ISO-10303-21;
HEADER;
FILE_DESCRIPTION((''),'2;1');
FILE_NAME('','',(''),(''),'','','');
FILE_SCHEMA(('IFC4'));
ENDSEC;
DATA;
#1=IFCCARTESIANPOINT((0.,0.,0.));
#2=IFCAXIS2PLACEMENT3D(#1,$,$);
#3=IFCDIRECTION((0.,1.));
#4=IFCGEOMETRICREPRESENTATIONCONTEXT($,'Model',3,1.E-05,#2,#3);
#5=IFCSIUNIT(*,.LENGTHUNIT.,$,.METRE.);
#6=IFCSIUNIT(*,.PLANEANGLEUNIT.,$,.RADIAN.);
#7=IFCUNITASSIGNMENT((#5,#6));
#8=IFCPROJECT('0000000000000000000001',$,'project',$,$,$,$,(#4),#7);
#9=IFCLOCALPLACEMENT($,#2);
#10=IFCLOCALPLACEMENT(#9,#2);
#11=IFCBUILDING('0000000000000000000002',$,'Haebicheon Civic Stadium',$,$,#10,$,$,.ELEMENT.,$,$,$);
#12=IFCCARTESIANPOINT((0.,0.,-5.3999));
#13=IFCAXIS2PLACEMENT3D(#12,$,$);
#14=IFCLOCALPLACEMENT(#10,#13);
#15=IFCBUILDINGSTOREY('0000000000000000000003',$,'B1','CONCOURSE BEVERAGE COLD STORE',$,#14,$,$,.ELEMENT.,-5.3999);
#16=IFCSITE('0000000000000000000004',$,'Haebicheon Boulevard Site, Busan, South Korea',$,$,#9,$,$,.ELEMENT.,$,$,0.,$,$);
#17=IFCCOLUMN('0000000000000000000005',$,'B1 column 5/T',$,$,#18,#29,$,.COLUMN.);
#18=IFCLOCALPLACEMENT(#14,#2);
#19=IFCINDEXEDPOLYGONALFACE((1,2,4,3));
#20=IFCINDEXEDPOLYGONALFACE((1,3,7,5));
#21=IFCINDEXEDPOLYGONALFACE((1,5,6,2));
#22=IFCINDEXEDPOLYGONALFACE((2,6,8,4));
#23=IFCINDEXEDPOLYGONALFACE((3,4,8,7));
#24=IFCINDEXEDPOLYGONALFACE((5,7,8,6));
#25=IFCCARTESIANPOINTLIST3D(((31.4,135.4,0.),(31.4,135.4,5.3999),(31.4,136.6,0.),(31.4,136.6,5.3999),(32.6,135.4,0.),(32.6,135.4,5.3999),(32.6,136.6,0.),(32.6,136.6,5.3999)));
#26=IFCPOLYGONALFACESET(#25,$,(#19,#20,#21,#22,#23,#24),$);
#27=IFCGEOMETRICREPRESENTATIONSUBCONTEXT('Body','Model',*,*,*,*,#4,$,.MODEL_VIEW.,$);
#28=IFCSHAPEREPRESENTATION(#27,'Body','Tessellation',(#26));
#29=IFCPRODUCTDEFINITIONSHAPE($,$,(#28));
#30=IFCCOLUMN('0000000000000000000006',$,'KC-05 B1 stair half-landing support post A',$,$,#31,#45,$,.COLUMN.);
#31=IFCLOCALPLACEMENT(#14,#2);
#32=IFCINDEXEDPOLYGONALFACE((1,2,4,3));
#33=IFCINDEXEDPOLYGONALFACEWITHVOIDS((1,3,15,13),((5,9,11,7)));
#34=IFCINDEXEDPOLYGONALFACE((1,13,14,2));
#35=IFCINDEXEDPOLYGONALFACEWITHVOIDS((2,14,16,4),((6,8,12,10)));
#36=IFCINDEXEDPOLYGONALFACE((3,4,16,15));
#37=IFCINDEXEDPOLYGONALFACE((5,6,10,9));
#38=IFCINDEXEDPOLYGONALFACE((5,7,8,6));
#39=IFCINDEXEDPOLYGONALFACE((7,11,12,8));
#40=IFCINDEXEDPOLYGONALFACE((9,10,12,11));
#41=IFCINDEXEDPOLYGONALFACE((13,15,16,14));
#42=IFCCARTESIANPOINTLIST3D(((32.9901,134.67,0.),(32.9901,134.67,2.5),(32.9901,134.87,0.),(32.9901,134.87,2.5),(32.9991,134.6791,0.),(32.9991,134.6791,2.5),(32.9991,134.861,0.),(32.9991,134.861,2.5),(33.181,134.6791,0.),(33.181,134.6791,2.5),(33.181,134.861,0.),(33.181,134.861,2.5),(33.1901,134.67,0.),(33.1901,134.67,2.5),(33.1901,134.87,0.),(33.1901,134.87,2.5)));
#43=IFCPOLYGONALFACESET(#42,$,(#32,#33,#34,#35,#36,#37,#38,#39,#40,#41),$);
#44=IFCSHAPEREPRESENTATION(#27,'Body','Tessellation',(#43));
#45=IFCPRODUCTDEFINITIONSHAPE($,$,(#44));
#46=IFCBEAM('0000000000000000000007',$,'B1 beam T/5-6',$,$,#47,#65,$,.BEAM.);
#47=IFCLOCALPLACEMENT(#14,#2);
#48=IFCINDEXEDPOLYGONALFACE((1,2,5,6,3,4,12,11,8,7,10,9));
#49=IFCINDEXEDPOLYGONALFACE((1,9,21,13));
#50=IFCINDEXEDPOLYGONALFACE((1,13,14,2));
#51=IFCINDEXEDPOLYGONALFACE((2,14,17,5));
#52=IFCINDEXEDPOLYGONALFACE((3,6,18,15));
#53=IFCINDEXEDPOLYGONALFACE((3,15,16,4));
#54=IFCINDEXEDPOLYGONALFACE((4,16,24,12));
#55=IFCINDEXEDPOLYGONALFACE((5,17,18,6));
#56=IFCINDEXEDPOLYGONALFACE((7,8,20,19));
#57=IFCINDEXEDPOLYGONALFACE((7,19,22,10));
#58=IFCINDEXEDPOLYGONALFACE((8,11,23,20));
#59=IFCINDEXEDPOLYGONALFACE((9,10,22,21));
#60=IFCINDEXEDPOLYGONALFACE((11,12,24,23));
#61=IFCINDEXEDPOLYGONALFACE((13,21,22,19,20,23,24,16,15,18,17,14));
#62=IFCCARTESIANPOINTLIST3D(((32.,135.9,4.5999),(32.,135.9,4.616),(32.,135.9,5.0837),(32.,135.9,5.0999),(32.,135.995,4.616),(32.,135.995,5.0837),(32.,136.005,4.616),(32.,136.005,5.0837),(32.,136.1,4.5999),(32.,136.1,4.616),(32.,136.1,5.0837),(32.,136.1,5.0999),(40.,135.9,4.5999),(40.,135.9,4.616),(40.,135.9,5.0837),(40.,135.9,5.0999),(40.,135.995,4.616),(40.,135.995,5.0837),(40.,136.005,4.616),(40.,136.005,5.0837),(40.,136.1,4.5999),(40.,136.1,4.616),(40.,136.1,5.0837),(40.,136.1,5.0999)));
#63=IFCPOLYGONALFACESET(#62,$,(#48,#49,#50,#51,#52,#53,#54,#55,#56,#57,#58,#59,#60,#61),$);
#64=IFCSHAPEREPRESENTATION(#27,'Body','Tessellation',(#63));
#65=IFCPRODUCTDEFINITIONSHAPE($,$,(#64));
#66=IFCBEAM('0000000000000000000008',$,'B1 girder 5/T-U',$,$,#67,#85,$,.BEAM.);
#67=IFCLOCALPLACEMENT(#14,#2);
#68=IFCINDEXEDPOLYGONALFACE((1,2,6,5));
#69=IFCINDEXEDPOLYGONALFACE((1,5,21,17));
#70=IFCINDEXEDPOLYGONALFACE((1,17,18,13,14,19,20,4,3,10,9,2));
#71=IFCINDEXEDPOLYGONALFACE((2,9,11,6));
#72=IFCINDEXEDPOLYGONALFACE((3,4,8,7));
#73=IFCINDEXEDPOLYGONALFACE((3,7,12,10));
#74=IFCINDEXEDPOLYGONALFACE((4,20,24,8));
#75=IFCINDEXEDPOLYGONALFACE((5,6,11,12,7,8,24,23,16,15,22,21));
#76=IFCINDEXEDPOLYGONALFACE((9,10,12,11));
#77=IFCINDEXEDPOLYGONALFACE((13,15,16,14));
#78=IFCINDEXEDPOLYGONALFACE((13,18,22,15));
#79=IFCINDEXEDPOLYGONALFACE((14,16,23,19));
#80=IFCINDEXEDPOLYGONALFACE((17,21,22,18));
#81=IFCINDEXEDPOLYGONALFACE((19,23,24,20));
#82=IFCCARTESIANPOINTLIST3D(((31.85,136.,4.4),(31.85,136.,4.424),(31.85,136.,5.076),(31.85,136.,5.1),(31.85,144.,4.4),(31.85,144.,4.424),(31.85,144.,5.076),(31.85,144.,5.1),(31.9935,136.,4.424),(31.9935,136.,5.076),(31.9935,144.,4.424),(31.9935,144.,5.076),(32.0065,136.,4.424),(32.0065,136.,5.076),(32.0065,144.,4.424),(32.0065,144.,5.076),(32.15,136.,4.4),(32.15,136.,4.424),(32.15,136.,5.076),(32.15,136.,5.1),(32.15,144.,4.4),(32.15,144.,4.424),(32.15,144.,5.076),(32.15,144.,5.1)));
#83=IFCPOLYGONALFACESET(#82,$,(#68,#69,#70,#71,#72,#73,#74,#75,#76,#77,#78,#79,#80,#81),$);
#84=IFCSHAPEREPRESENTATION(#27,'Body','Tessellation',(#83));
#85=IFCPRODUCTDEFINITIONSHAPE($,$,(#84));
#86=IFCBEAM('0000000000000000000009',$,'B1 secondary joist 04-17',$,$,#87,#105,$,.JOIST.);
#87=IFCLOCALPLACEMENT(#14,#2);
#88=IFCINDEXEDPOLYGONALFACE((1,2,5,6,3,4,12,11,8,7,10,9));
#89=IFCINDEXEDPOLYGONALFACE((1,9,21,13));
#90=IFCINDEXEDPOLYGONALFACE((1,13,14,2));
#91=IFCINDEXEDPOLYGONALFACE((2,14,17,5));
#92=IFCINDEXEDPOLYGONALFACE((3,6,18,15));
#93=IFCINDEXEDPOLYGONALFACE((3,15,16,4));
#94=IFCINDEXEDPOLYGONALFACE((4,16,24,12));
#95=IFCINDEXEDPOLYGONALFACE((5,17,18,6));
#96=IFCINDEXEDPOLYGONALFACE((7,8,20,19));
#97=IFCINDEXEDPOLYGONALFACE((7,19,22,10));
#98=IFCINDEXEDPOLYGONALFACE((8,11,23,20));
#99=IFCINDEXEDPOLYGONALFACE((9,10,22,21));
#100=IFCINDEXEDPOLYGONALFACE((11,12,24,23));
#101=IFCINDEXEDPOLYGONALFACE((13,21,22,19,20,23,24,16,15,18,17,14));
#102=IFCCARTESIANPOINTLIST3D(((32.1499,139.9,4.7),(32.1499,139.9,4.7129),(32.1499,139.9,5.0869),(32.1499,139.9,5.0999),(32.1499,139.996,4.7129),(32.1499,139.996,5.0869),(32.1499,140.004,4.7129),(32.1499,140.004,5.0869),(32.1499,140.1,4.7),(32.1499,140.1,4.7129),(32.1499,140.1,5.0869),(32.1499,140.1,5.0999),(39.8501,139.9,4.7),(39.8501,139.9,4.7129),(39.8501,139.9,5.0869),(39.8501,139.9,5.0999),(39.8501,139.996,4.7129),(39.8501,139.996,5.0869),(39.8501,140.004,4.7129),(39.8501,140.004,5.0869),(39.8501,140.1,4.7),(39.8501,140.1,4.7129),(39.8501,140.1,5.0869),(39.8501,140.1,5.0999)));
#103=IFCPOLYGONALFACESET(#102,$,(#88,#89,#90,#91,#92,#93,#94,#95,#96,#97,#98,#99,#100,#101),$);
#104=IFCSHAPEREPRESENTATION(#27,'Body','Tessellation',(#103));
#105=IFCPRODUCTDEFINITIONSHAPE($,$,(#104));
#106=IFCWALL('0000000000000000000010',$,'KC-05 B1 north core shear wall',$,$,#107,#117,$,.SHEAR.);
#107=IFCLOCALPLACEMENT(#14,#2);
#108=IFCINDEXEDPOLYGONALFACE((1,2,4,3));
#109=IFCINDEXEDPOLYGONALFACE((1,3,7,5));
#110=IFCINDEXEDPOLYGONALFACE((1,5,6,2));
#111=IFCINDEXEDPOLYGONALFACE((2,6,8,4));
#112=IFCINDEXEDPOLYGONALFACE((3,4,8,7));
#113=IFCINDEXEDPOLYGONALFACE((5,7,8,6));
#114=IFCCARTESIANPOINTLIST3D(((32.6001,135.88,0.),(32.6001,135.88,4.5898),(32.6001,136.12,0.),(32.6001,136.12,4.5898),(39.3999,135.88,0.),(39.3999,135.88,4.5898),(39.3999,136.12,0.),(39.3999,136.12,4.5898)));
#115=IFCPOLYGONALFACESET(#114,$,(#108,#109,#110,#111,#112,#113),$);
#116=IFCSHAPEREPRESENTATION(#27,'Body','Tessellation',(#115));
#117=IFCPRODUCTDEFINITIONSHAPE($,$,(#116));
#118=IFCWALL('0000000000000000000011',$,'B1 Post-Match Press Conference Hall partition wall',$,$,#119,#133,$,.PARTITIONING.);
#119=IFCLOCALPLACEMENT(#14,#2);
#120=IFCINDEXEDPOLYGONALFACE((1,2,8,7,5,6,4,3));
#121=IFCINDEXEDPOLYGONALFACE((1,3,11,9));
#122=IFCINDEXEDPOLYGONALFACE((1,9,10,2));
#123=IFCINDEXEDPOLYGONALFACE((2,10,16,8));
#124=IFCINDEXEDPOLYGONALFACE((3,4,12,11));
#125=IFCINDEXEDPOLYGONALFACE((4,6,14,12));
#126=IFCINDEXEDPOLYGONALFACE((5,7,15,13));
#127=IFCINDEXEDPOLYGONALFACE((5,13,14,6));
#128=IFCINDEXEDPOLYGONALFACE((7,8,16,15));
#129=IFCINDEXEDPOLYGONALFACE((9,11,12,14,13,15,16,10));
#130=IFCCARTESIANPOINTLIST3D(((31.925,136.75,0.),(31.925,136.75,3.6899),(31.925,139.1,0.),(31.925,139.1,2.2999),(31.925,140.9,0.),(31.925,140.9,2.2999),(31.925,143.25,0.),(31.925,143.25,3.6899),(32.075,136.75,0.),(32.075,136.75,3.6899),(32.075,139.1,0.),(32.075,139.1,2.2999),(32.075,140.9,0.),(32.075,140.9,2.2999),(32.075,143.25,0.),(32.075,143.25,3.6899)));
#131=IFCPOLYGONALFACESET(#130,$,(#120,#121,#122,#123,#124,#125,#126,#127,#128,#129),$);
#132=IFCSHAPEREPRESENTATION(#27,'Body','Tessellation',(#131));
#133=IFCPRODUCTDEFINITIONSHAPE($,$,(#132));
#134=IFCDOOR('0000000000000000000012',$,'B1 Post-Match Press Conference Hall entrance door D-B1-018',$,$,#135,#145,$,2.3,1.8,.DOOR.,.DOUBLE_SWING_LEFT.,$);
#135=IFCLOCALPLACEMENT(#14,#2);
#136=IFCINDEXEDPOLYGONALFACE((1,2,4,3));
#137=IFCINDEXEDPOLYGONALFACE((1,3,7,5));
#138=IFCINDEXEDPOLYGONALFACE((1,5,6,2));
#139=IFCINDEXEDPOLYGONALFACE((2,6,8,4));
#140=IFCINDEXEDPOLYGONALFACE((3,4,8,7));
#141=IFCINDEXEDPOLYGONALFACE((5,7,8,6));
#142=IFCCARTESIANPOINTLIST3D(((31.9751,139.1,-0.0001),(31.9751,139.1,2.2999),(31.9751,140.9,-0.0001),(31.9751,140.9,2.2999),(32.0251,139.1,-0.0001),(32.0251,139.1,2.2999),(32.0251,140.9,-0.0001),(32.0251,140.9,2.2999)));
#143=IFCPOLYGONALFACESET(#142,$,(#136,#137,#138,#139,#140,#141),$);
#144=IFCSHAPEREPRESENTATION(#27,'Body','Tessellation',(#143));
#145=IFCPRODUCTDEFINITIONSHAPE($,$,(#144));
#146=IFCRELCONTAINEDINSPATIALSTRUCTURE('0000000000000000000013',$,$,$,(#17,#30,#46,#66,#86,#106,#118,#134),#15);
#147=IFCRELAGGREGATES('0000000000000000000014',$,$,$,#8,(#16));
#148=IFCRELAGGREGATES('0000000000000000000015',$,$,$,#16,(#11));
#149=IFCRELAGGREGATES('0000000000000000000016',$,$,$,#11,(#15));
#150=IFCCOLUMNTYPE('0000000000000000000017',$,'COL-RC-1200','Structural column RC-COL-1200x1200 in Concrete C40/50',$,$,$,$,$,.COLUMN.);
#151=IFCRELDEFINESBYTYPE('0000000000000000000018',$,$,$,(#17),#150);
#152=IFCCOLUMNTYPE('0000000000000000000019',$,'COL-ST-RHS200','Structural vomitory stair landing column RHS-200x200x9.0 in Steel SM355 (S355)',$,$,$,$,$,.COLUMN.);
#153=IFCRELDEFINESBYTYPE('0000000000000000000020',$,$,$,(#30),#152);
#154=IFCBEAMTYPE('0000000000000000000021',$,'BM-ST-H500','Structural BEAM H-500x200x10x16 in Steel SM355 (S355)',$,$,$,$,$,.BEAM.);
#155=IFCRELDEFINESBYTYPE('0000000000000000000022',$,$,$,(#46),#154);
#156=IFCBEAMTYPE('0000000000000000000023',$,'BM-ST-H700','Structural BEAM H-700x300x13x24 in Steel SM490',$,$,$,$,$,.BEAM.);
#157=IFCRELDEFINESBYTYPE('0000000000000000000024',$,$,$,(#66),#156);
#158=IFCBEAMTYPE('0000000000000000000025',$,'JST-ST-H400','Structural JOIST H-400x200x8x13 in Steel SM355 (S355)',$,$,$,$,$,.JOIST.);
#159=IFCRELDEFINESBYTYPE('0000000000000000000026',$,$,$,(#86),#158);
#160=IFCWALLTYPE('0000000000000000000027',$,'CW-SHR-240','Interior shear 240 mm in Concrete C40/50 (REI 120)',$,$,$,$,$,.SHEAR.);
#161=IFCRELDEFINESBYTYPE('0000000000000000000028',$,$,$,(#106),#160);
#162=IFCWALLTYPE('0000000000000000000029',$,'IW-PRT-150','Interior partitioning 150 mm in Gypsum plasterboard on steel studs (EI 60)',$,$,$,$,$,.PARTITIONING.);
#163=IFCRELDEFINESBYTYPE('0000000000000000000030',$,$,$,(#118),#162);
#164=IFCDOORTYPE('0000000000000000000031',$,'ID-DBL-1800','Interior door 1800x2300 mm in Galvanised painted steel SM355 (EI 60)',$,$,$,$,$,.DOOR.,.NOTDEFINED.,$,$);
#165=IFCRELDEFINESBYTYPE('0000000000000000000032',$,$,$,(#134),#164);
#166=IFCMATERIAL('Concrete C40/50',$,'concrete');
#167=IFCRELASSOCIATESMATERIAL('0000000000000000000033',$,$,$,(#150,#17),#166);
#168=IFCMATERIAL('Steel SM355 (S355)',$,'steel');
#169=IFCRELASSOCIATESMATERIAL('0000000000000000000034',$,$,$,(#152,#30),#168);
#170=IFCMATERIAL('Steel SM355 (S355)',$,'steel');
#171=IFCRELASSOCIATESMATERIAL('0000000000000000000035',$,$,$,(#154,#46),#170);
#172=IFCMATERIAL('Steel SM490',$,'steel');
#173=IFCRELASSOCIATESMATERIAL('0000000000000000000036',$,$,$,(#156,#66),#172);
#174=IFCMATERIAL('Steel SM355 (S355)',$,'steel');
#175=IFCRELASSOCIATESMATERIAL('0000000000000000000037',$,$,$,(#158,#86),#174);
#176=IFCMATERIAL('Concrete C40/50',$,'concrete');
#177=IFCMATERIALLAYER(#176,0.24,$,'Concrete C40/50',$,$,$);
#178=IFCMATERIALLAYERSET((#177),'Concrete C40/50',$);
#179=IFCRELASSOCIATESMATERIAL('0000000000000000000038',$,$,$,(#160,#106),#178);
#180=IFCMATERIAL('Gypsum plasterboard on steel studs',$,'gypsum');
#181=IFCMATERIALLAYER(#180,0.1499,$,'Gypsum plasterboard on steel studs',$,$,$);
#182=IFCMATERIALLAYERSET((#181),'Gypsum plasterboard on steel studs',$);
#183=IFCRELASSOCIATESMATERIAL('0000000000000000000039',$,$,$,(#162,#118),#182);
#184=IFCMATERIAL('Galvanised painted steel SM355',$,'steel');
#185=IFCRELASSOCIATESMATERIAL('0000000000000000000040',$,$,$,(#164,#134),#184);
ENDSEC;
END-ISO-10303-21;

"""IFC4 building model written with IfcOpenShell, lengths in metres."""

from ifc_helpers import new_model, si_unit, direction, frame, frame_2d, origin, origin_2d, place, context, subcontext, project, spatial, rectangle, hollow_rectangle, i_section, extrude, material, layer, layer_set, material_profile, profile_set, type_object, element, fill, save


model = new_model("IFC4")

# Units and contexts
model_context = context("Model", 3, precision=1e-05, world=origin(), true_north=direction((0.0, 1.0)))
body_context = subcontext(model_context, "Body", "Model", "MODEL_VIEW")
ifc_project = project(units=[si_unit("LENGTHUNIT", "METRE"), si_unit("PLANEANGLEUNIT", "RADIAN")], contexts=[model_context])

# Site, building, storey
site_placement = place(None, origin())
site = spatial("IfcSite", under=ifc_project, at=site_placement, Name="Haebicheon Boulevard Site, Busan, South Korea", CompositionType="ELEMENT", RefElevation=0.0)
building_placement = place(site_placement, origin())
building = spatial("IfcBuilding", under=site, at=building_placement, Name="Haebicheon Civic Stadium", CompositionType="ELEMENT")
storey_placement = place(building_placement, frame((0.0, 0.0, -5.3999)))
storey = spatial("IfcBuildingStorey", under=building, at=storey_placement, Name="B1", Description="CONCOURSE BEVERAGE COLD STORE", CompositionType="ELEMENT", Elevation=-5.3999)

# Columns
ifc_material_1 = material(Name="Concrete C40/50", Category="concrete")
ifc_material_profile_1 = material_profile(ifc_material_1, rectangle(XDim=1.2, YDim=1.2, at=origin_2d()), Name="RC-COL-1200x1200")
ifc_profile_set_1 = profile_set([ifc_material_profile_1], Name="Concrete C40/50")
column_type_1 = type_object("IfcColumnType", Name="COL-RC-1200", Description="Structural column RC-COL-1200x1200 in Concrete C40/50", PredefinedType="COLUMN", material=ifc_profile_set_1)
column_1_placement = place(storey_placement, frame((32.0, 136.0, 0.0), z_axis=(0.0, 0.0, 1.0), x_axis=(1.0, 0.0, 0.0)))
element("IfcColumn", 1, at=column_1_placement, inside=storey, type_object=column_type_1, material=ifc_profile_set_1, Name="B1 column 5/T", PredefinedType="COLUMN", context=body_context, shape_type="SweptSolid", body=[
    extrude(rectangle(XDim=1.2, YDim=1.2, at=origin_2d()), origin(), (0.0, 0.0, 1.0), 5.3999),
])
ifc_material_2 = material(Name="Steel SM355 (S355)", Category="steel")
ifc_material_profile_2 = material_profile(ifc_material_2, hollow_rectangle(XDim=0.2, YDim=0.2, WallThickness=0.009, at=origin_2d()), Name="RHS-200x200x9.0")
ifc_profile_set_2 = profile_set([ifc_material_profile_2], Name="Steel SM355 (S355)")
column_type_2 = type_object("IfcColumnType", Name="COL-ST-RHS200", Description="Structural vomitory stair landing column RHS-200x200x9.0 in Steel SM355 (S355)", PredefinedType="COLUMN", material=ifc_profile_set_2)
column_2_placement = place(storey_placement, frame((33.0901, 134.77, 0.0), z_axis=(0.0, 0.0, 1.0), x_axis=(1.0, 0.0, 0.0)))
element("IfcColumn", 2, at=column_2_placement, inside=storey, type_object=column_type_2, material=ifc_profile_set_2, Name="KC-05 B1 stair half-landing support post A", PredefinedType="COLUMN", context=body_context, shape_type="SweptSolid", body=[
    extrude(hollow_rectangle(XDim=0.2, YDim=0.2, WallThickness=0.009, at=origin_2d()), origin(), (0.0, 0.0, 1.0), 2.5),
])

# Beams
ifc_material_3 = material(Name="Steel SM355 (S355)", Category="steel")
ifc_material_profile_3 = material_profile(ifc_material_3, i_section(OverallWidth=0.2, OverallDepth=0.5, WebThickness=0.01, FlangeThickness=0.0161, at=origin_2d()), Name="H-500x200x10x16")
ifc_profile_set_3 = profile_set([ifc_material_profile_3], Name="Steel SM355 (S355)")
beam_type_1 = type_object("IfcBeamType", Name="BM-ST-H500", Description="Structural BEAM H-500x200x10x16 in Steel SM355 (S355)", PredefinedType="BEAM", material=ifc_profile_set_3)
beam_1_placement = place(storey_placement, frame((32.0, 136.0, 4.8499), z_axis=(1.0, 0.0, 0.0), x_axis=(0.0, 1.0, 0.0)))
element("IfcBeam", 3, at=beam_1_placement, inside=storey, type_object=beam_type_1, material=ifc_profile_set_3, Name="B1 beam T/5-6", PredefinedType="BEAM", context=body_context, shape_type="SweptSolid", body=[
    extrude(i_section(OverallWidth=0.2, OverallDepth=0.5, WebThickness=0.01, FlangeThickness=0.0161, at=origin_2d()), origin(), (0.0, 0.0, 1.0), 8.0),
])
ifc_material_4 = material(Name="Steel SM490", Category="steel")
ifc_material_profile_4 = material_profile(ifc_material_4, i_section(OverallWidth=0.3, OverallDepth=0.7, WebThickness=0.0129, FlangeThickness=0.0239, at=origin_2d()), Name="H-700x300x13x24")
ifc_profile_set_4 = profile_set([ifc_material_profile_4], Name="Steel SM490")
beam_type_2 = type_object("IfcBeamType", Name="BM-ST-H700", Description="Structural BEAM H-700x300x13x24 in Steel SM490", PredefinedType="BEAM", material=ifc_profile_set_4)
beam_2_placement = place(storey_placement, frame((32.0, 136.0, 4.75), z_axis=(0.0, 1.0, 0.0), x_axis=(-1.0, 0.0, 0.0)))
element("IfcBeam", 4, at=beam_2_placement, inside=storey, type_object=beam_type_2, material=ifc_profile_set_4, Name="B1 girder 5/T-U", PredefinedType="BEAM", context=body_context, shape_type="SweptSolid", body=[
    extrude(i_section(OverallWidth=0.3, OverallDepth=0.7, WebThickness=0.0129, FlangeThickness=0.0239, at=origin_2d()), origin(), (0.0, 0.0, 1.0), 8.0),
])
ifc_material_5 = material(Name="Steel SM355 (S355)", Category="steel")
ifc_material_profile_5 = material_profile(ifc_material_5, i_section(OverallWidth=0.2, OverallDepth=0.3999, WebThickness=0.0081, FlangeThickness=0.0129, at=origin_2d()), Name="H-400x200x8x13")
ifc_profile_set_5 = profile_set([ifc_material_profile_5], Name="Steel SM355 (S355)")
beam_type_3 = type_object("IfcBeamType", Name="JST-ST-H400", Description="Structural JOIST H-400x200x8x13 in Steel SM355 (S355)", PredefinedType="JOIST", material=ifc_profile_set_5)
beam_3_placement = place(storey_placement, frame((32.1499, 140.0, 4.8999), z_axis=(1.0, 0.0, 0.0), x_axis=(0.0, 1.0, 0.0)))
element("IfcBeam", 5, at=beam_3_placement, inside=storey, type_object=beam_type_3, material=ifc_profile_set_5, Name="B1 secondary joist 04-17", PredefinedType="JOIST", context=body_context, shape_type="SweptSolid", body=[
    extrude(i_section(OverallWidth=0.2, OverallDepth=0.3999, WebThickness=0.0081, FlangeThickness=0.0129, at=origin_2d()), origin(), (0.0, 0.0, 1.0), 7.7002),
])

# Wall
ifc_material_6 = material(Name="Concrete C40/50", Category="concrete")
ifc_layer_1 = layer(ifc_material_6, 0.24, Name="Concrete C40/50")
ifc_layer_set_1 = layer_set([ifc_layer_1], Name="Concrete C40/50")
wall_type_1 = type_object("IfcWallType", Name="CW-SHR-240", Description="Interior shear 240 mm in Concrete C40/50 (REI 120)", PredefinedType="SHEAR", material=ifc_layer_set_1)
wall_1_placement = place(storey_placement, frame((32.6001, 136.0, 0.0), z_axis=(0.0, 0.0, 1.0), x_axis=(1.0, 0.0, 0.0)))
element("IfcWall", 6, at=wall_1_placement, inside=storey, type_object=wall_type_1, material=ifc_layer_set_1, Name="KC-05 B1 north core shear wall", PredefinedType="SHEAR", context=body_context, shape_type="SweptSolid", body=[
    extrude(rectangle(XDim=6.7998, YDim=0.24, at=frame_2d((3.3999, 0.0))), origin(), (0.0, 0.0, 1.0), 4.5898),
])

# Wall, opening, door
ifc_material_7 = material(Name="Gypsum plasterboard on steel studs", Category="gypsum")
ifc_layer_2 = layer(ifc_material_7, 0.1499, Name="Gypsum plasterboard on steel studs")
ifc_layer_set_2 = layer_set([ifc_layer_2], Name="Gypsum plasterboard on steel studs")
wall_type_2 = type_object("IfcWallType", Name="IW-PRT-150", Description="Interior partitioning 150 mm in Gypsum plasterboard on steel studs (EI 60)", PredefinedType="PARTITIONING", material=ifc_layer_set_2)
wall_2_placement = place(storey_placement, frame((32.0, 136.75, 0.0), z_axis=(0.0, 0.0, 1.0), x_axis=(0.0, 1.0, 0.0)))
wall_2 = element("IfcWall", 7, at=wall_2_placement, inside=storey, type_object=wall_type_2, material=ifc_layer_set_2, Name="B1 Post-Match Press Conference Hall partition wall", PredefinedType="PARTITIONING", context=body_context, shape_type="SweptSolid", body=[
    extrude(rectangle(XDim=6.5, YDim=0.1499, at=frame_2d((3.25, 0.0))), origin(), (0.0, 0.0, 1.0), 3.6899),
])
opening_placement = place(wall_2_placement, frame((2.3501, 0.0, 0.0)))
opening = element("IfcOpeningElement", 8, at=opening_placement, cuts=wall_2, PredefinedType="OPENING", context=body_context, shape_type="SweptSolid", body=[
    extrude(rectangle(XDim=1.8, YDim=2.3, at=frame_2d((0.8999, 1.1499))), frame((0.0, 0.085, 0.0), z_axis=(0.0, -1.0, 0.0), x_axis=(1.0, 0.0, 0.0)), (0.0, 0.0, 1.0), 0.1699),
])
ifc_material_8 = material(Name="Galvanised painted steel SM355", Category="steel")
door_type = type_object("IfcDoorType", Name="ID-DBL-1800", Description="Interior door 1800x2300 mm in Galvanised painted steel SM355 (EI 60)", OperationType="NOTDEFINED", PredefinedType="DOOR", material=ifc_material_8)
door_placement = place(opening_placement, origin())
door = element("IfcDoor", 9, at=door_placement, inside=storey, type_object=door_type, material=ifc_material_8, Name="B1 Post-Match Press Conference Hall entrance door D-B1-018", OperationType="DOUBLE_SWING_LEFT", OverallHeight=2.3, OverallWidth=1.8, PredefinedType="DOOR", context=body_context, shape_type="SweptSolid", body=[
    extrude(rectangle(XDim=1.8, YDim=2.3, at=frame_2d((0.8999, 1.1499))), frame((0.0, 0.0249, 0.0), z_axis=(0.0, -1.0, 0.0), x_axis=(1.0, 0.0, 0.0)), (0.0, 0.0, 1.0), 0.05),
])
fill(opening, door)

save(model, "model.ifc")
